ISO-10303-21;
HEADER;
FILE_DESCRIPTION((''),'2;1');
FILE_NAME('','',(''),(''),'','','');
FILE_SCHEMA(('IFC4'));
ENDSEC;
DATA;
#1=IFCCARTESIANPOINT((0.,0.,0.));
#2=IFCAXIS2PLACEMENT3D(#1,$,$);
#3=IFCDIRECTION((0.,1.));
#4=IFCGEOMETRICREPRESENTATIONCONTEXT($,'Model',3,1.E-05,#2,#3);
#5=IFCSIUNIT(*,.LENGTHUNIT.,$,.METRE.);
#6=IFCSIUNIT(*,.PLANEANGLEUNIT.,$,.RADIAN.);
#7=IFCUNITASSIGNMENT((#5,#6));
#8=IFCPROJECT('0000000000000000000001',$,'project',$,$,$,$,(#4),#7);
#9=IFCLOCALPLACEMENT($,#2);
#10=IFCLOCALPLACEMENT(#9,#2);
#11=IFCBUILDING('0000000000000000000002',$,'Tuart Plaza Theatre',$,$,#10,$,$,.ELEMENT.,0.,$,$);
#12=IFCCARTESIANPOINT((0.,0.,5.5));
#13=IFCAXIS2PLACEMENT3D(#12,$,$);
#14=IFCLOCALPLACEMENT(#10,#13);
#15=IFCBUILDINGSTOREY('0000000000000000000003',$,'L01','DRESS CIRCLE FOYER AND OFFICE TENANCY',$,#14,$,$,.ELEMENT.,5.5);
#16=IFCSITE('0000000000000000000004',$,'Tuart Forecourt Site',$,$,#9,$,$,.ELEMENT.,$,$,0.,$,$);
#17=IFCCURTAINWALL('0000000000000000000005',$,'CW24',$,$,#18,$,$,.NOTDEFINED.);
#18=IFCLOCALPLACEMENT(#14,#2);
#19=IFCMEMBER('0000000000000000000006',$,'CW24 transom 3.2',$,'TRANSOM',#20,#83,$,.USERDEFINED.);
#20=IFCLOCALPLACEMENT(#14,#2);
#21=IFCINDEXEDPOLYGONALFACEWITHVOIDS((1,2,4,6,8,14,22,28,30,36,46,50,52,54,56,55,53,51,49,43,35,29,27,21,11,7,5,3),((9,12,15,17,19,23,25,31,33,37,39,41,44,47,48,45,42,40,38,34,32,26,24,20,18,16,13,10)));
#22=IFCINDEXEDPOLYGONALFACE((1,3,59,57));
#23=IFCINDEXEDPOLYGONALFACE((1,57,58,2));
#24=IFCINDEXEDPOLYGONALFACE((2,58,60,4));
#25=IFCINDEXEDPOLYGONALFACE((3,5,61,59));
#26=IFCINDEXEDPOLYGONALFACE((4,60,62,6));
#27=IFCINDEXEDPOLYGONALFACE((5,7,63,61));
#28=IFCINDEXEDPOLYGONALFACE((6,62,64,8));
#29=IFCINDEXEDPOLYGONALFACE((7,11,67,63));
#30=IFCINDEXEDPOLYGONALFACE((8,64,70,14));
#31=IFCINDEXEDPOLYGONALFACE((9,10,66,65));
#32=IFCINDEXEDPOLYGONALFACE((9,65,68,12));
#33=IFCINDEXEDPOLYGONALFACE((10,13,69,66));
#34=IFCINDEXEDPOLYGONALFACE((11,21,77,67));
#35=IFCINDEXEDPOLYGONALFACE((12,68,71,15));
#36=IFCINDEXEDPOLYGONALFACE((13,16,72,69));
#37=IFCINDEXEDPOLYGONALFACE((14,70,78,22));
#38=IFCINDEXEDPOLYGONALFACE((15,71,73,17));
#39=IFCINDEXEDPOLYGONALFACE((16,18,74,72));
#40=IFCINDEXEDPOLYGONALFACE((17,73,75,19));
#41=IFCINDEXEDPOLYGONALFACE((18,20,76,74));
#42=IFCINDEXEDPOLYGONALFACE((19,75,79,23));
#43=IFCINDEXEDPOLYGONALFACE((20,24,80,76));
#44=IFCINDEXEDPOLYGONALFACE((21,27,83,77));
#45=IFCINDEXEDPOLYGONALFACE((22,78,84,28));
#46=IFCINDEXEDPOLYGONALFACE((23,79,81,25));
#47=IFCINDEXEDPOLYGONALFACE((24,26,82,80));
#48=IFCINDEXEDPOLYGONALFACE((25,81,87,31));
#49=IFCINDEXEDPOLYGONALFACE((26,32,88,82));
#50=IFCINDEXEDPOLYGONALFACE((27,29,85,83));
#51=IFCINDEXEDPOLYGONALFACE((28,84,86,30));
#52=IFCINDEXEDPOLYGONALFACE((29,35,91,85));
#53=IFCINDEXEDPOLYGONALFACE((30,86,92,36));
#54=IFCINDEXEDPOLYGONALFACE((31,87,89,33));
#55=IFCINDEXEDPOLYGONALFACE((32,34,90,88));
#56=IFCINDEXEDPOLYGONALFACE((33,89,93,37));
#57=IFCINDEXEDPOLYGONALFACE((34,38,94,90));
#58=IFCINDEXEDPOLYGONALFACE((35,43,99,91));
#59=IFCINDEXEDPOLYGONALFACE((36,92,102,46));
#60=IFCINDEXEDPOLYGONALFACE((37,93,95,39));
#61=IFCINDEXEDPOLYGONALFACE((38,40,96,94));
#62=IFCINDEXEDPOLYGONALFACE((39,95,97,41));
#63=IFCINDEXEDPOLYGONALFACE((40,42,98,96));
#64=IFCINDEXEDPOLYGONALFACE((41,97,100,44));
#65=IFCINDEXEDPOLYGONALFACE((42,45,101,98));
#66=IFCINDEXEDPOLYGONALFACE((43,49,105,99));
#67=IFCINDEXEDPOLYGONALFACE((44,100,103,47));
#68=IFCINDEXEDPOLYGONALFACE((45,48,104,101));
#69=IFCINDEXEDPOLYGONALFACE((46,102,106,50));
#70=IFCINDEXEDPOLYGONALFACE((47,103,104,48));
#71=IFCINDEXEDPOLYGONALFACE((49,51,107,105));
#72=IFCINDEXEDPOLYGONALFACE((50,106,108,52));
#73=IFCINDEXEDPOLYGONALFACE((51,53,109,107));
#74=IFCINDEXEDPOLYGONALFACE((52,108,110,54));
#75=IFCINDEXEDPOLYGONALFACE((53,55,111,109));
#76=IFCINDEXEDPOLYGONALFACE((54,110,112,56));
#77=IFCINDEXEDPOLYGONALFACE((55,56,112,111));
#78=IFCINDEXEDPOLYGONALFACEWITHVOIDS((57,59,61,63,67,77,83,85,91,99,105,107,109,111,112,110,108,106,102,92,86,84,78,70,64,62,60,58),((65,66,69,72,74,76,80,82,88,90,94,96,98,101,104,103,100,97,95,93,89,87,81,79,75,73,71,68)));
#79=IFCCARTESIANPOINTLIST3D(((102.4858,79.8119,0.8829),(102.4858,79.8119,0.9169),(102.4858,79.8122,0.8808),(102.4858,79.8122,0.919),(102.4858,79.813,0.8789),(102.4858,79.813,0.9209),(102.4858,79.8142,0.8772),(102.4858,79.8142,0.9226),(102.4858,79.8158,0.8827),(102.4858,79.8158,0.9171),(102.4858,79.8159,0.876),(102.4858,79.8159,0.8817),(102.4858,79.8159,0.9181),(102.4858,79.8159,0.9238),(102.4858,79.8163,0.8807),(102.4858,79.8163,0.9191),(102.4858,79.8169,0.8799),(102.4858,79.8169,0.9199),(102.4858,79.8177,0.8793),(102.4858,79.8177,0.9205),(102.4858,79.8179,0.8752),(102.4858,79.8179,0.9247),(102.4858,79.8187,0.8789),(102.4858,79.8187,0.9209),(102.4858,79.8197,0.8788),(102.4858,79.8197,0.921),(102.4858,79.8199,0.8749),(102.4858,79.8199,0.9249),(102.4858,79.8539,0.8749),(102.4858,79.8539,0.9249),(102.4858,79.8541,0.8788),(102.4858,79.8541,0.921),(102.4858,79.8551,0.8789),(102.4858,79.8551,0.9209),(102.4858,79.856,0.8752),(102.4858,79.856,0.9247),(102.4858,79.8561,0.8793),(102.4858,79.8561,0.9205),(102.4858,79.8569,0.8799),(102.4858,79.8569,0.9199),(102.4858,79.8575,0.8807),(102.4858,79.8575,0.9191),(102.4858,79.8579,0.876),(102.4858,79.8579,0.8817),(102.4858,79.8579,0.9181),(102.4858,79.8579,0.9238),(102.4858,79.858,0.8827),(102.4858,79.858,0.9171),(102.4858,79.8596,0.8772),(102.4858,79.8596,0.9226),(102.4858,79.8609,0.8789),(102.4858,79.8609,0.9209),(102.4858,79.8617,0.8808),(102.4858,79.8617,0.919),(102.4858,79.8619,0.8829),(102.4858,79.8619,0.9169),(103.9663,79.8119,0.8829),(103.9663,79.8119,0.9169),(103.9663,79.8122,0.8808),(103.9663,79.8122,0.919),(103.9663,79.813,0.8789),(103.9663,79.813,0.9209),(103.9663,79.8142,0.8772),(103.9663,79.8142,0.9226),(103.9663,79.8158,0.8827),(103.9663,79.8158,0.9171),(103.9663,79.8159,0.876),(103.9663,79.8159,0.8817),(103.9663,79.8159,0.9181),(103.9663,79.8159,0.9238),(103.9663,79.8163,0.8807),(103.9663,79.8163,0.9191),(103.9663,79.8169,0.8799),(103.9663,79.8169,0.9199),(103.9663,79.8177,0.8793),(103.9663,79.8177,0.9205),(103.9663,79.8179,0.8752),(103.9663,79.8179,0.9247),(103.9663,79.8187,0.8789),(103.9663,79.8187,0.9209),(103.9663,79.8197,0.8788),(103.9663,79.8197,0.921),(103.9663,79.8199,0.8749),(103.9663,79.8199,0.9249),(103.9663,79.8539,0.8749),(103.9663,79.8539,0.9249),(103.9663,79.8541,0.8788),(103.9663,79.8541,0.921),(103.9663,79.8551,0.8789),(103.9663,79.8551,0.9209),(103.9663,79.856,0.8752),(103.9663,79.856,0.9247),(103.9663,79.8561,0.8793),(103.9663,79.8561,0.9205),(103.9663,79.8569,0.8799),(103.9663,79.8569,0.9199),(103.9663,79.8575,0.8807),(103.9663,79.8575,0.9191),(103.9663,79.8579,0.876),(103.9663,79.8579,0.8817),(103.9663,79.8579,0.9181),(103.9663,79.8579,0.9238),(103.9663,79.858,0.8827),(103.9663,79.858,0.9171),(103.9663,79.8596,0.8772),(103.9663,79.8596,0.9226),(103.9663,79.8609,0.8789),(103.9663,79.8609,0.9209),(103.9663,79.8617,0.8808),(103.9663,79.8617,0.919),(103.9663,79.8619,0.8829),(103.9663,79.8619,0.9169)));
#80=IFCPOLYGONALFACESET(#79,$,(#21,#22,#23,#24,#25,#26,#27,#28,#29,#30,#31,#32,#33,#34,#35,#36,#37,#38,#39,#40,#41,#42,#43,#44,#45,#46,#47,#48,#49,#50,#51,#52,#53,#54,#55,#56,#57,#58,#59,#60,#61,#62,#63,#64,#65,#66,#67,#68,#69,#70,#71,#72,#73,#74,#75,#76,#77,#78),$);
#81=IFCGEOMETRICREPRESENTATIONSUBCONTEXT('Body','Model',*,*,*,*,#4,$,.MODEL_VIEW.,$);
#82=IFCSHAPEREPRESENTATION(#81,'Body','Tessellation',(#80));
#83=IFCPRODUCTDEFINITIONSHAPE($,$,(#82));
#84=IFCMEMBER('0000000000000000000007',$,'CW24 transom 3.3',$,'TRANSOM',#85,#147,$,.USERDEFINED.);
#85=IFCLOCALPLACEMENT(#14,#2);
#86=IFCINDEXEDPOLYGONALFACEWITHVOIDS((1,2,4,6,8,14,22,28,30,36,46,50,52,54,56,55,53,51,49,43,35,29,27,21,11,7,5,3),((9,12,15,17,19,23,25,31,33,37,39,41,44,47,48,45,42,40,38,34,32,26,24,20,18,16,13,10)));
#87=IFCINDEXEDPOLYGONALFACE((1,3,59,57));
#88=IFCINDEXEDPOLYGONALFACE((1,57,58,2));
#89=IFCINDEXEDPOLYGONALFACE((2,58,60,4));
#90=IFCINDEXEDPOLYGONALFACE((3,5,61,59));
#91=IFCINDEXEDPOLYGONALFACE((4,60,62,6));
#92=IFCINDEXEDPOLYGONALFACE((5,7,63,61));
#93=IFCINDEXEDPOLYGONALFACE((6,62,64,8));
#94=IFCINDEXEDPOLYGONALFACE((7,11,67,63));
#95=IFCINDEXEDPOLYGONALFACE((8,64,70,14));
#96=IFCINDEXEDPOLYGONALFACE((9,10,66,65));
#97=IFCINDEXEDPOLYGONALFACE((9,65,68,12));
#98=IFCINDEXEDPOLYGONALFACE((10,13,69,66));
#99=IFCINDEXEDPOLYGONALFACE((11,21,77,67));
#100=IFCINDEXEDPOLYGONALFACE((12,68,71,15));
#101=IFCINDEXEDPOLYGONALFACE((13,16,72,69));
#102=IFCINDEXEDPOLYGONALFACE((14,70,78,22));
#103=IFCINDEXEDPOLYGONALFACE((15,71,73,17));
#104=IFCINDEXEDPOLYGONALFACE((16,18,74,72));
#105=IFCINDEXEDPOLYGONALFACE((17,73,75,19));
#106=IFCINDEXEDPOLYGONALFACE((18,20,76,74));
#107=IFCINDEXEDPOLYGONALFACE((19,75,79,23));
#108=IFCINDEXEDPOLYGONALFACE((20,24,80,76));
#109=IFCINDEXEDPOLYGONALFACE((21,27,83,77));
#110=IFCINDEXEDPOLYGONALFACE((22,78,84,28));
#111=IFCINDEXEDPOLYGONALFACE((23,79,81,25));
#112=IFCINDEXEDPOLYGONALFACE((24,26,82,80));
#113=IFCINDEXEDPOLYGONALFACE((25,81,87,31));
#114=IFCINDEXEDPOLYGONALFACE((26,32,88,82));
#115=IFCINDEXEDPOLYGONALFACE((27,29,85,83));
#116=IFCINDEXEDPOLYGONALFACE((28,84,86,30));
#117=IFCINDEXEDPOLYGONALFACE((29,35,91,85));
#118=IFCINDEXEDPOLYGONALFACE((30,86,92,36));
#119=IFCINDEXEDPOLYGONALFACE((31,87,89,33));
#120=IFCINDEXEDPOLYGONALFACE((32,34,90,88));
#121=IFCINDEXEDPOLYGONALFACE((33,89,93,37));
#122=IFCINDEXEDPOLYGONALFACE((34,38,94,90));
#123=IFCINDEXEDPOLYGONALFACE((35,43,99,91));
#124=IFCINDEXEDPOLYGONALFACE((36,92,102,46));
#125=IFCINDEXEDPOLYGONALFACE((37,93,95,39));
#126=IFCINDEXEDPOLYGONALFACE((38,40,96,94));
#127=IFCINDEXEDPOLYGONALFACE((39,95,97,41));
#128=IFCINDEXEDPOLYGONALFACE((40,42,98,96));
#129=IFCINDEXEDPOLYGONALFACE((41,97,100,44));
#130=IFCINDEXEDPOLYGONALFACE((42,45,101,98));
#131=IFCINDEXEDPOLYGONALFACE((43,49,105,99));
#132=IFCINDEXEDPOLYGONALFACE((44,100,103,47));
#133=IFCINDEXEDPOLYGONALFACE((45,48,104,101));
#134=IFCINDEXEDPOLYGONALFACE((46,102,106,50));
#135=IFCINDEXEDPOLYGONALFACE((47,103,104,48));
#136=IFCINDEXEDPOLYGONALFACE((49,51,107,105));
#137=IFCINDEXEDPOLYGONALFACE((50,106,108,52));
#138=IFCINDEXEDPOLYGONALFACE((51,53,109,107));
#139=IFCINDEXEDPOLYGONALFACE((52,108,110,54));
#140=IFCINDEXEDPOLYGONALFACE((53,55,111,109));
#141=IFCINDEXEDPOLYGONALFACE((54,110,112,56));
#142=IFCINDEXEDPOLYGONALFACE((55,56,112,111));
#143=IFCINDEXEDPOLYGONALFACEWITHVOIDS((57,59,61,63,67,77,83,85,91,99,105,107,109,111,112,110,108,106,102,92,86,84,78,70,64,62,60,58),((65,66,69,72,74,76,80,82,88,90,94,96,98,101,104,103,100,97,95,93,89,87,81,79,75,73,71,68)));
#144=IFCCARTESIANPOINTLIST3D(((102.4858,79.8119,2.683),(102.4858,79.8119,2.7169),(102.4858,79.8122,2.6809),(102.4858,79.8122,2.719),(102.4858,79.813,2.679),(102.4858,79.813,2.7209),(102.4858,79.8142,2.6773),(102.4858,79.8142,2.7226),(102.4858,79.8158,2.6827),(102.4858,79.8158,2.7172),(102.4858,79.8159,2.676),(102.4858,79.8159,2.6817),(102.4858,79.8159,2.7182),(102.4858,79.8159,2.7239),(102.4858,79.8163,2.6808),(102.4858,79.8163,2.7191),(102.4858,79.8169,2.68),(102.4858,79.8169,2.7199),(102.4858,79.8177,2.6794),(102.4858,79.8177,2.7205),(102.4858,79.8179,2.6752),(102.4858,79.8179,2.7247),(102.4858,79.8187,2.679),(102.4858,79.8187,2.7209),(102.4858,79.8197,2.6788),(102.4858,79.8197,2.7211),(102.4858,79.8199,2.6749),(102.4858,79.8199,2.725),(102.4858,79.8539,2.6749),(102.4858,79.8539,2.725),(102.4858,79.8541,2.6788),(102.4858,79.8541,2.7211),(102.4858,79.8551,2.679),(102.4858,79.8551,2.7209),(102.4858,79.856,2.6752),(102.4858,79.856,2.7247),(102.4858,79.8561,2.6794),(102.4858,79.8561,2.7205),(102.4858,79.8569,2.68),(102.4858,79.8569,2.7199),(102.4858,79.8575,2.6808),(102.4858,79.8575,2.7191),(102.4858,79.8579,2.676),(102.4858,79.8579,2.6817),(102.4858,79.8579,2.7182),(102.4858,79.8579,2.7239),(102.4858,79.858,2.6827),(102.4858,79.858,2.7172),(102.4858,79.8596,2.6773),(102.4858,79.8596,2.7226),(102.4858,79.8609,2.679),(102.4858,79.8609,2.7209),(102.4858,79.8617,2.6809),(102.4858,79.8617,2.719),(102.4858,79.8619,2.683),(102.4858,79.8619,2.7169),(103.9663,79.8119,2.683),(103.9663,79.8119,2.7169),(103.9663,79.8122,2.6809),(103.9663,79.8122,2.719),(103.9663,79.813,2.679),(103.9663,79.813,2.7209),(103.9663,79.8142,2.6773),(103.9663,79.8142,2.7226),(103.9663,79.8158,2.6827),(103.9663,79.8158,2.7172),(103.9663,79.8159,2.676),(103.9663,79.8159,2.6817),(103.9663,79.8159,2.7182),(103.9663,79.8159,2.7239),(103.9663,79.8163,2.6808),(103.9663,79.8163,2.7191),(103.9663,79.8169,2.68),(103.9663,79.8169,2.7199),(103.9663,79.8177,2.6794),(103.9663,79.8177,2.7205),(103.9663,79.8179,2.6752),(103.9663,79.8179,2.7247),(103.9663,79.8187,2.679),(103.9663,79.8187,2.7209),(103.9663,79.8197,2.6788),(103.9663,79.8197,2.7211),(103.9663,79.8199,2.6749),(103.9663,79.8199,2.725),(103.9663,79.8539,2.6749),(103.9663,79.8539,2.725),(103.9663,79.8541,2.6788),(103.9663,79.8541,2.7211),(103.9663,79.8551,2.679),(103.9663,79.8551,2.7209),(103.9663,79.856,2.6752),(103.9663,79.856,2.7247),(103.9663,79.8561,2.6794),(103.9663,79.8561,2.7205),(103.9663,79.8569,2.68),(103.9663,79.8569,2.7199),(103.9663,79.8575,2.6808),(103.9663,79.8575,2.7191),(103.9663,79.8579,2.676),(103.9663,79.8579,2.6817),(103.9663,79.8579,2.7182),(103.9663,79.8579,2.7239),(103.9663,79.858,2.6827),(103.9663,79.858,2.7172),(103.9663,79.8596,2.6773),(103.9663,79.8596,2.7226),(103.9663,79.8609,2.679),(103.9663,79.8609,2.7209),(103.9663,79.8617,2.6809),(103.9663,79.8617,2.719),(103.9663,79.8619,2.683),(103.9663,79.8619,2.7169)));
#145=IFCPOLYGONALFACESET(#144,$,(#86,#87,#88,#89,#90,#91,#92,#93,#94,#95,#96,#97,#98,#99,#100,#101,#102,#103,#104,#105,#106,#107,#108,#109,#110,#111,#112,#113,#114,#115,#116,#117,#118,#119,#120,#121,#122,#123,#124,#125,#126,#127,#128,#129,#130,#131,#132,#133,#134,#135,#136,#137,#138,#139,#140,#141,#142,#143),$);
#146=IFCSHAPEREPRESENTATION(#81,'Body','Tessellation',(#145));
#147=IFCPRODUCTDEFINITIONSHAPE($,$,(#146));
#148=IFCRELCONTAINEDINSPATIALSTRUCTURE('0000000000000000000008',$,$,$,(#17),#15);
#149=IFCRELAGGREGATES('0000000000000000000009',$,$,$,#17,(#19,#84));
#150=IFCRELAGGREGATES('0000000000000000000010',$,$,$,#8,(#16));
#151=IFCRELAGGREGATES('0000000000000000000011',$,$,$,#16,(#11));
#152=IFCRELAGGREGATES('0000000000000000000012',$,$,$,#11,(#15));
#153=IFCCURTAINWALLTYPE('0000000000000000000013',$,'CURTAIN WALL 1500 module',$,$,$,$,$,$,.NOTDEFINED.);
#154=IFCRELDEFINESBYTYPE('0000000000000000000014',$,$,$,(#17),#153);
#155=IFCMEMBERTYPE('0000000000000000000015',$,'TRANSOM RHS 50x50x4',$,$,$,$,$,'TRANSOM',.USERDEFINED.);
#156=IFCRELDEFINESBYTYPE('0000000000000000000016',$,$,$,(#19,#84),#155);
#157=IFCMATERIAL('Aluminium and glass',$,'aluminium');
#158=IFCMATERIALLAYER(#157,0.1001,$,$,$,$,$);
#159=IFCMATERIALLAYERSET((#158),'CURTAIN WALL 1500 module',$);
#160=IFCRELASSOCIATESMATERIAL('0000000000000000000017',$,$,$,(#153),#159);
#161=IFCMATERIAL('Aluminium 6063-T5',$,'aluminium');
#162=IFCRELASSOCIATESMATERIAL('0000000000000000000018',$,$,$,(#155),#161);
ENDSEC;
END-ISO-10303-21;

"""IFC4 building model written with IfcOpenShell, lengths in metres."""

from ifc_helpers import new_model, si_unit, direction, frame, origin, origin_2d, place, context, subcontext, project, spatial, hollow_rectangle, extrude, material, layer, layer_set, material_profile, profile_set, type_object, element, aggregate, save


model = new_model("IFC4")

# Units and contexts
model_context = context("Model", 3, precision=1e-05, world=origin(), true_north=direction((0.0, 1.0)))
body_context = subcontext(model_context, "Body", "Model", "MODEL_VIEW")
ifc_project = project(units=[si_unit("LENGTHUNIT", "METRE"), si_unit("PLANEANGLEUNIT", "RADIAN")], contexts=[model_context])

# Site, building, storey
site_placement = place(None, origin())
site = spatial("IfcSite", under=ifc_project, at=site_placement, Name="Tuart Forecourt Site", CompositionType="ELEMENT", RefElevation=0.0)
building_placement = place(site_placement, origin())
building = spatial("IfcBuilding", under=site, at=building_placement, Name="Tuart Plaza Theatre", CompositionType="ELEMENT", ElevationOfRefHeight=0.0)
storey_placement = place(building_placement, frame((0.0, 0.0, 5.5)))
storey = spatial("IfcBuildingStorey", under=building, at=storey_placement, Name="L01", Description="DRESS CIRCLE FOYER AND OFFICE TENANCY", CompositionType="ELEMENT", Elevation=5.5)

# Curtain wall, members
ifc_material_1 = material(Name="Aluminium and glass", Category="aluminium")
ifc_layer_1 = layer(ifc_material_1, 0.1001)
ifc_layer_set_1 = layer_set([ifc_layer_1], Name="CURTAIN WALL 1500 module")
curtain_wall_type = type_object("IfcCurtainWallType", Name="CURTAIN WALL 1500 module", PredefinedType="NOTDEFINED", material=ifc_layer_set_1)
curtain_wall_placement = place(storey_placement, origin())
curtain_wall = element("IfcCurtainWall", 1, at=curtain_wall_placement, inside=storey, type_object=curtain_wall_type, Name="CW24", PredefinedType="NOTDEFINED")
ifc_material_2 = material(Name="Aluminium 6063-T5", Category="aluminium")
ifc_material_profile_1 = material_profile(ifc_material_2, hollow_rectangle(XDim=0.05, YDim=0.05, WallThickness=0.0039, InnerFilletRadius=0.0039, OuterFilletRadius=0.0081, at=origin_2d()), Name="RHS 50x50x4")
ifc_profile_set_1 = profile_set([ifc_material_profile_1], Name="Aluminium 6063-T5")
member_type_1 = type_object("IfcMemberType", Name="TRANSOM RHS 50x50x4", ElementType="TRANSOM", PredefinedType="USERDEFINED", material=ifc_profile_set_1)
member_1_placement = place(storey_placement, frame((102.4858, 79.8369, 0.8999), z_axis=(1.0, 0.0, 0.0), x_axis=(0.0, 1.0, 0.0)))
member_1 = element("IfcMember", 2, at=member_1_placement, type_object=member_type_1, Name="CW24 transom 3.2", ObjectType="TRANSOM", PredefinedType="USERDEFINED", context=body_context, shape_type="SweptSolid", body=[
    extrude(hollow_rectangle(XDim=0.05, YDim=0.05, WallThickness=0.0039, InnerFilletRadius=0.0039, OuterFilletRadius=0.0081, at=origin_2d()), origin(), (0.0, 0.0, 1.0), 1.4805),
])
member_2_placement = place(storey_placement, frame((102.4858, 79.8369, 2.7), z_axis=(1.0, 0.0, 0.0), x_axis=(0.0, 1.0, 0.0)))
member_2 = element("IfcMember", 3, at=member_2_placement, type_object=member_type_1, Name="CW24 transom 3.3", ObjectType="TRANSOM", PredefinedType="USERDEFINED", context=body_context, shape_type="SweptSolid", body=[
    extrude(hollow_rectangle(XDim=0.05, YDim=0.05, WallThickness=0.0039, InnerFilletRadius=0.0039, OuterFilletRadius=0.0081, at=origin_2d()), origin(), (0.0, 0.0, 1.0), 1.4805),
])
aggregate(curtain_wall, [member_1, member_2])

save(model, "model.ifc")
